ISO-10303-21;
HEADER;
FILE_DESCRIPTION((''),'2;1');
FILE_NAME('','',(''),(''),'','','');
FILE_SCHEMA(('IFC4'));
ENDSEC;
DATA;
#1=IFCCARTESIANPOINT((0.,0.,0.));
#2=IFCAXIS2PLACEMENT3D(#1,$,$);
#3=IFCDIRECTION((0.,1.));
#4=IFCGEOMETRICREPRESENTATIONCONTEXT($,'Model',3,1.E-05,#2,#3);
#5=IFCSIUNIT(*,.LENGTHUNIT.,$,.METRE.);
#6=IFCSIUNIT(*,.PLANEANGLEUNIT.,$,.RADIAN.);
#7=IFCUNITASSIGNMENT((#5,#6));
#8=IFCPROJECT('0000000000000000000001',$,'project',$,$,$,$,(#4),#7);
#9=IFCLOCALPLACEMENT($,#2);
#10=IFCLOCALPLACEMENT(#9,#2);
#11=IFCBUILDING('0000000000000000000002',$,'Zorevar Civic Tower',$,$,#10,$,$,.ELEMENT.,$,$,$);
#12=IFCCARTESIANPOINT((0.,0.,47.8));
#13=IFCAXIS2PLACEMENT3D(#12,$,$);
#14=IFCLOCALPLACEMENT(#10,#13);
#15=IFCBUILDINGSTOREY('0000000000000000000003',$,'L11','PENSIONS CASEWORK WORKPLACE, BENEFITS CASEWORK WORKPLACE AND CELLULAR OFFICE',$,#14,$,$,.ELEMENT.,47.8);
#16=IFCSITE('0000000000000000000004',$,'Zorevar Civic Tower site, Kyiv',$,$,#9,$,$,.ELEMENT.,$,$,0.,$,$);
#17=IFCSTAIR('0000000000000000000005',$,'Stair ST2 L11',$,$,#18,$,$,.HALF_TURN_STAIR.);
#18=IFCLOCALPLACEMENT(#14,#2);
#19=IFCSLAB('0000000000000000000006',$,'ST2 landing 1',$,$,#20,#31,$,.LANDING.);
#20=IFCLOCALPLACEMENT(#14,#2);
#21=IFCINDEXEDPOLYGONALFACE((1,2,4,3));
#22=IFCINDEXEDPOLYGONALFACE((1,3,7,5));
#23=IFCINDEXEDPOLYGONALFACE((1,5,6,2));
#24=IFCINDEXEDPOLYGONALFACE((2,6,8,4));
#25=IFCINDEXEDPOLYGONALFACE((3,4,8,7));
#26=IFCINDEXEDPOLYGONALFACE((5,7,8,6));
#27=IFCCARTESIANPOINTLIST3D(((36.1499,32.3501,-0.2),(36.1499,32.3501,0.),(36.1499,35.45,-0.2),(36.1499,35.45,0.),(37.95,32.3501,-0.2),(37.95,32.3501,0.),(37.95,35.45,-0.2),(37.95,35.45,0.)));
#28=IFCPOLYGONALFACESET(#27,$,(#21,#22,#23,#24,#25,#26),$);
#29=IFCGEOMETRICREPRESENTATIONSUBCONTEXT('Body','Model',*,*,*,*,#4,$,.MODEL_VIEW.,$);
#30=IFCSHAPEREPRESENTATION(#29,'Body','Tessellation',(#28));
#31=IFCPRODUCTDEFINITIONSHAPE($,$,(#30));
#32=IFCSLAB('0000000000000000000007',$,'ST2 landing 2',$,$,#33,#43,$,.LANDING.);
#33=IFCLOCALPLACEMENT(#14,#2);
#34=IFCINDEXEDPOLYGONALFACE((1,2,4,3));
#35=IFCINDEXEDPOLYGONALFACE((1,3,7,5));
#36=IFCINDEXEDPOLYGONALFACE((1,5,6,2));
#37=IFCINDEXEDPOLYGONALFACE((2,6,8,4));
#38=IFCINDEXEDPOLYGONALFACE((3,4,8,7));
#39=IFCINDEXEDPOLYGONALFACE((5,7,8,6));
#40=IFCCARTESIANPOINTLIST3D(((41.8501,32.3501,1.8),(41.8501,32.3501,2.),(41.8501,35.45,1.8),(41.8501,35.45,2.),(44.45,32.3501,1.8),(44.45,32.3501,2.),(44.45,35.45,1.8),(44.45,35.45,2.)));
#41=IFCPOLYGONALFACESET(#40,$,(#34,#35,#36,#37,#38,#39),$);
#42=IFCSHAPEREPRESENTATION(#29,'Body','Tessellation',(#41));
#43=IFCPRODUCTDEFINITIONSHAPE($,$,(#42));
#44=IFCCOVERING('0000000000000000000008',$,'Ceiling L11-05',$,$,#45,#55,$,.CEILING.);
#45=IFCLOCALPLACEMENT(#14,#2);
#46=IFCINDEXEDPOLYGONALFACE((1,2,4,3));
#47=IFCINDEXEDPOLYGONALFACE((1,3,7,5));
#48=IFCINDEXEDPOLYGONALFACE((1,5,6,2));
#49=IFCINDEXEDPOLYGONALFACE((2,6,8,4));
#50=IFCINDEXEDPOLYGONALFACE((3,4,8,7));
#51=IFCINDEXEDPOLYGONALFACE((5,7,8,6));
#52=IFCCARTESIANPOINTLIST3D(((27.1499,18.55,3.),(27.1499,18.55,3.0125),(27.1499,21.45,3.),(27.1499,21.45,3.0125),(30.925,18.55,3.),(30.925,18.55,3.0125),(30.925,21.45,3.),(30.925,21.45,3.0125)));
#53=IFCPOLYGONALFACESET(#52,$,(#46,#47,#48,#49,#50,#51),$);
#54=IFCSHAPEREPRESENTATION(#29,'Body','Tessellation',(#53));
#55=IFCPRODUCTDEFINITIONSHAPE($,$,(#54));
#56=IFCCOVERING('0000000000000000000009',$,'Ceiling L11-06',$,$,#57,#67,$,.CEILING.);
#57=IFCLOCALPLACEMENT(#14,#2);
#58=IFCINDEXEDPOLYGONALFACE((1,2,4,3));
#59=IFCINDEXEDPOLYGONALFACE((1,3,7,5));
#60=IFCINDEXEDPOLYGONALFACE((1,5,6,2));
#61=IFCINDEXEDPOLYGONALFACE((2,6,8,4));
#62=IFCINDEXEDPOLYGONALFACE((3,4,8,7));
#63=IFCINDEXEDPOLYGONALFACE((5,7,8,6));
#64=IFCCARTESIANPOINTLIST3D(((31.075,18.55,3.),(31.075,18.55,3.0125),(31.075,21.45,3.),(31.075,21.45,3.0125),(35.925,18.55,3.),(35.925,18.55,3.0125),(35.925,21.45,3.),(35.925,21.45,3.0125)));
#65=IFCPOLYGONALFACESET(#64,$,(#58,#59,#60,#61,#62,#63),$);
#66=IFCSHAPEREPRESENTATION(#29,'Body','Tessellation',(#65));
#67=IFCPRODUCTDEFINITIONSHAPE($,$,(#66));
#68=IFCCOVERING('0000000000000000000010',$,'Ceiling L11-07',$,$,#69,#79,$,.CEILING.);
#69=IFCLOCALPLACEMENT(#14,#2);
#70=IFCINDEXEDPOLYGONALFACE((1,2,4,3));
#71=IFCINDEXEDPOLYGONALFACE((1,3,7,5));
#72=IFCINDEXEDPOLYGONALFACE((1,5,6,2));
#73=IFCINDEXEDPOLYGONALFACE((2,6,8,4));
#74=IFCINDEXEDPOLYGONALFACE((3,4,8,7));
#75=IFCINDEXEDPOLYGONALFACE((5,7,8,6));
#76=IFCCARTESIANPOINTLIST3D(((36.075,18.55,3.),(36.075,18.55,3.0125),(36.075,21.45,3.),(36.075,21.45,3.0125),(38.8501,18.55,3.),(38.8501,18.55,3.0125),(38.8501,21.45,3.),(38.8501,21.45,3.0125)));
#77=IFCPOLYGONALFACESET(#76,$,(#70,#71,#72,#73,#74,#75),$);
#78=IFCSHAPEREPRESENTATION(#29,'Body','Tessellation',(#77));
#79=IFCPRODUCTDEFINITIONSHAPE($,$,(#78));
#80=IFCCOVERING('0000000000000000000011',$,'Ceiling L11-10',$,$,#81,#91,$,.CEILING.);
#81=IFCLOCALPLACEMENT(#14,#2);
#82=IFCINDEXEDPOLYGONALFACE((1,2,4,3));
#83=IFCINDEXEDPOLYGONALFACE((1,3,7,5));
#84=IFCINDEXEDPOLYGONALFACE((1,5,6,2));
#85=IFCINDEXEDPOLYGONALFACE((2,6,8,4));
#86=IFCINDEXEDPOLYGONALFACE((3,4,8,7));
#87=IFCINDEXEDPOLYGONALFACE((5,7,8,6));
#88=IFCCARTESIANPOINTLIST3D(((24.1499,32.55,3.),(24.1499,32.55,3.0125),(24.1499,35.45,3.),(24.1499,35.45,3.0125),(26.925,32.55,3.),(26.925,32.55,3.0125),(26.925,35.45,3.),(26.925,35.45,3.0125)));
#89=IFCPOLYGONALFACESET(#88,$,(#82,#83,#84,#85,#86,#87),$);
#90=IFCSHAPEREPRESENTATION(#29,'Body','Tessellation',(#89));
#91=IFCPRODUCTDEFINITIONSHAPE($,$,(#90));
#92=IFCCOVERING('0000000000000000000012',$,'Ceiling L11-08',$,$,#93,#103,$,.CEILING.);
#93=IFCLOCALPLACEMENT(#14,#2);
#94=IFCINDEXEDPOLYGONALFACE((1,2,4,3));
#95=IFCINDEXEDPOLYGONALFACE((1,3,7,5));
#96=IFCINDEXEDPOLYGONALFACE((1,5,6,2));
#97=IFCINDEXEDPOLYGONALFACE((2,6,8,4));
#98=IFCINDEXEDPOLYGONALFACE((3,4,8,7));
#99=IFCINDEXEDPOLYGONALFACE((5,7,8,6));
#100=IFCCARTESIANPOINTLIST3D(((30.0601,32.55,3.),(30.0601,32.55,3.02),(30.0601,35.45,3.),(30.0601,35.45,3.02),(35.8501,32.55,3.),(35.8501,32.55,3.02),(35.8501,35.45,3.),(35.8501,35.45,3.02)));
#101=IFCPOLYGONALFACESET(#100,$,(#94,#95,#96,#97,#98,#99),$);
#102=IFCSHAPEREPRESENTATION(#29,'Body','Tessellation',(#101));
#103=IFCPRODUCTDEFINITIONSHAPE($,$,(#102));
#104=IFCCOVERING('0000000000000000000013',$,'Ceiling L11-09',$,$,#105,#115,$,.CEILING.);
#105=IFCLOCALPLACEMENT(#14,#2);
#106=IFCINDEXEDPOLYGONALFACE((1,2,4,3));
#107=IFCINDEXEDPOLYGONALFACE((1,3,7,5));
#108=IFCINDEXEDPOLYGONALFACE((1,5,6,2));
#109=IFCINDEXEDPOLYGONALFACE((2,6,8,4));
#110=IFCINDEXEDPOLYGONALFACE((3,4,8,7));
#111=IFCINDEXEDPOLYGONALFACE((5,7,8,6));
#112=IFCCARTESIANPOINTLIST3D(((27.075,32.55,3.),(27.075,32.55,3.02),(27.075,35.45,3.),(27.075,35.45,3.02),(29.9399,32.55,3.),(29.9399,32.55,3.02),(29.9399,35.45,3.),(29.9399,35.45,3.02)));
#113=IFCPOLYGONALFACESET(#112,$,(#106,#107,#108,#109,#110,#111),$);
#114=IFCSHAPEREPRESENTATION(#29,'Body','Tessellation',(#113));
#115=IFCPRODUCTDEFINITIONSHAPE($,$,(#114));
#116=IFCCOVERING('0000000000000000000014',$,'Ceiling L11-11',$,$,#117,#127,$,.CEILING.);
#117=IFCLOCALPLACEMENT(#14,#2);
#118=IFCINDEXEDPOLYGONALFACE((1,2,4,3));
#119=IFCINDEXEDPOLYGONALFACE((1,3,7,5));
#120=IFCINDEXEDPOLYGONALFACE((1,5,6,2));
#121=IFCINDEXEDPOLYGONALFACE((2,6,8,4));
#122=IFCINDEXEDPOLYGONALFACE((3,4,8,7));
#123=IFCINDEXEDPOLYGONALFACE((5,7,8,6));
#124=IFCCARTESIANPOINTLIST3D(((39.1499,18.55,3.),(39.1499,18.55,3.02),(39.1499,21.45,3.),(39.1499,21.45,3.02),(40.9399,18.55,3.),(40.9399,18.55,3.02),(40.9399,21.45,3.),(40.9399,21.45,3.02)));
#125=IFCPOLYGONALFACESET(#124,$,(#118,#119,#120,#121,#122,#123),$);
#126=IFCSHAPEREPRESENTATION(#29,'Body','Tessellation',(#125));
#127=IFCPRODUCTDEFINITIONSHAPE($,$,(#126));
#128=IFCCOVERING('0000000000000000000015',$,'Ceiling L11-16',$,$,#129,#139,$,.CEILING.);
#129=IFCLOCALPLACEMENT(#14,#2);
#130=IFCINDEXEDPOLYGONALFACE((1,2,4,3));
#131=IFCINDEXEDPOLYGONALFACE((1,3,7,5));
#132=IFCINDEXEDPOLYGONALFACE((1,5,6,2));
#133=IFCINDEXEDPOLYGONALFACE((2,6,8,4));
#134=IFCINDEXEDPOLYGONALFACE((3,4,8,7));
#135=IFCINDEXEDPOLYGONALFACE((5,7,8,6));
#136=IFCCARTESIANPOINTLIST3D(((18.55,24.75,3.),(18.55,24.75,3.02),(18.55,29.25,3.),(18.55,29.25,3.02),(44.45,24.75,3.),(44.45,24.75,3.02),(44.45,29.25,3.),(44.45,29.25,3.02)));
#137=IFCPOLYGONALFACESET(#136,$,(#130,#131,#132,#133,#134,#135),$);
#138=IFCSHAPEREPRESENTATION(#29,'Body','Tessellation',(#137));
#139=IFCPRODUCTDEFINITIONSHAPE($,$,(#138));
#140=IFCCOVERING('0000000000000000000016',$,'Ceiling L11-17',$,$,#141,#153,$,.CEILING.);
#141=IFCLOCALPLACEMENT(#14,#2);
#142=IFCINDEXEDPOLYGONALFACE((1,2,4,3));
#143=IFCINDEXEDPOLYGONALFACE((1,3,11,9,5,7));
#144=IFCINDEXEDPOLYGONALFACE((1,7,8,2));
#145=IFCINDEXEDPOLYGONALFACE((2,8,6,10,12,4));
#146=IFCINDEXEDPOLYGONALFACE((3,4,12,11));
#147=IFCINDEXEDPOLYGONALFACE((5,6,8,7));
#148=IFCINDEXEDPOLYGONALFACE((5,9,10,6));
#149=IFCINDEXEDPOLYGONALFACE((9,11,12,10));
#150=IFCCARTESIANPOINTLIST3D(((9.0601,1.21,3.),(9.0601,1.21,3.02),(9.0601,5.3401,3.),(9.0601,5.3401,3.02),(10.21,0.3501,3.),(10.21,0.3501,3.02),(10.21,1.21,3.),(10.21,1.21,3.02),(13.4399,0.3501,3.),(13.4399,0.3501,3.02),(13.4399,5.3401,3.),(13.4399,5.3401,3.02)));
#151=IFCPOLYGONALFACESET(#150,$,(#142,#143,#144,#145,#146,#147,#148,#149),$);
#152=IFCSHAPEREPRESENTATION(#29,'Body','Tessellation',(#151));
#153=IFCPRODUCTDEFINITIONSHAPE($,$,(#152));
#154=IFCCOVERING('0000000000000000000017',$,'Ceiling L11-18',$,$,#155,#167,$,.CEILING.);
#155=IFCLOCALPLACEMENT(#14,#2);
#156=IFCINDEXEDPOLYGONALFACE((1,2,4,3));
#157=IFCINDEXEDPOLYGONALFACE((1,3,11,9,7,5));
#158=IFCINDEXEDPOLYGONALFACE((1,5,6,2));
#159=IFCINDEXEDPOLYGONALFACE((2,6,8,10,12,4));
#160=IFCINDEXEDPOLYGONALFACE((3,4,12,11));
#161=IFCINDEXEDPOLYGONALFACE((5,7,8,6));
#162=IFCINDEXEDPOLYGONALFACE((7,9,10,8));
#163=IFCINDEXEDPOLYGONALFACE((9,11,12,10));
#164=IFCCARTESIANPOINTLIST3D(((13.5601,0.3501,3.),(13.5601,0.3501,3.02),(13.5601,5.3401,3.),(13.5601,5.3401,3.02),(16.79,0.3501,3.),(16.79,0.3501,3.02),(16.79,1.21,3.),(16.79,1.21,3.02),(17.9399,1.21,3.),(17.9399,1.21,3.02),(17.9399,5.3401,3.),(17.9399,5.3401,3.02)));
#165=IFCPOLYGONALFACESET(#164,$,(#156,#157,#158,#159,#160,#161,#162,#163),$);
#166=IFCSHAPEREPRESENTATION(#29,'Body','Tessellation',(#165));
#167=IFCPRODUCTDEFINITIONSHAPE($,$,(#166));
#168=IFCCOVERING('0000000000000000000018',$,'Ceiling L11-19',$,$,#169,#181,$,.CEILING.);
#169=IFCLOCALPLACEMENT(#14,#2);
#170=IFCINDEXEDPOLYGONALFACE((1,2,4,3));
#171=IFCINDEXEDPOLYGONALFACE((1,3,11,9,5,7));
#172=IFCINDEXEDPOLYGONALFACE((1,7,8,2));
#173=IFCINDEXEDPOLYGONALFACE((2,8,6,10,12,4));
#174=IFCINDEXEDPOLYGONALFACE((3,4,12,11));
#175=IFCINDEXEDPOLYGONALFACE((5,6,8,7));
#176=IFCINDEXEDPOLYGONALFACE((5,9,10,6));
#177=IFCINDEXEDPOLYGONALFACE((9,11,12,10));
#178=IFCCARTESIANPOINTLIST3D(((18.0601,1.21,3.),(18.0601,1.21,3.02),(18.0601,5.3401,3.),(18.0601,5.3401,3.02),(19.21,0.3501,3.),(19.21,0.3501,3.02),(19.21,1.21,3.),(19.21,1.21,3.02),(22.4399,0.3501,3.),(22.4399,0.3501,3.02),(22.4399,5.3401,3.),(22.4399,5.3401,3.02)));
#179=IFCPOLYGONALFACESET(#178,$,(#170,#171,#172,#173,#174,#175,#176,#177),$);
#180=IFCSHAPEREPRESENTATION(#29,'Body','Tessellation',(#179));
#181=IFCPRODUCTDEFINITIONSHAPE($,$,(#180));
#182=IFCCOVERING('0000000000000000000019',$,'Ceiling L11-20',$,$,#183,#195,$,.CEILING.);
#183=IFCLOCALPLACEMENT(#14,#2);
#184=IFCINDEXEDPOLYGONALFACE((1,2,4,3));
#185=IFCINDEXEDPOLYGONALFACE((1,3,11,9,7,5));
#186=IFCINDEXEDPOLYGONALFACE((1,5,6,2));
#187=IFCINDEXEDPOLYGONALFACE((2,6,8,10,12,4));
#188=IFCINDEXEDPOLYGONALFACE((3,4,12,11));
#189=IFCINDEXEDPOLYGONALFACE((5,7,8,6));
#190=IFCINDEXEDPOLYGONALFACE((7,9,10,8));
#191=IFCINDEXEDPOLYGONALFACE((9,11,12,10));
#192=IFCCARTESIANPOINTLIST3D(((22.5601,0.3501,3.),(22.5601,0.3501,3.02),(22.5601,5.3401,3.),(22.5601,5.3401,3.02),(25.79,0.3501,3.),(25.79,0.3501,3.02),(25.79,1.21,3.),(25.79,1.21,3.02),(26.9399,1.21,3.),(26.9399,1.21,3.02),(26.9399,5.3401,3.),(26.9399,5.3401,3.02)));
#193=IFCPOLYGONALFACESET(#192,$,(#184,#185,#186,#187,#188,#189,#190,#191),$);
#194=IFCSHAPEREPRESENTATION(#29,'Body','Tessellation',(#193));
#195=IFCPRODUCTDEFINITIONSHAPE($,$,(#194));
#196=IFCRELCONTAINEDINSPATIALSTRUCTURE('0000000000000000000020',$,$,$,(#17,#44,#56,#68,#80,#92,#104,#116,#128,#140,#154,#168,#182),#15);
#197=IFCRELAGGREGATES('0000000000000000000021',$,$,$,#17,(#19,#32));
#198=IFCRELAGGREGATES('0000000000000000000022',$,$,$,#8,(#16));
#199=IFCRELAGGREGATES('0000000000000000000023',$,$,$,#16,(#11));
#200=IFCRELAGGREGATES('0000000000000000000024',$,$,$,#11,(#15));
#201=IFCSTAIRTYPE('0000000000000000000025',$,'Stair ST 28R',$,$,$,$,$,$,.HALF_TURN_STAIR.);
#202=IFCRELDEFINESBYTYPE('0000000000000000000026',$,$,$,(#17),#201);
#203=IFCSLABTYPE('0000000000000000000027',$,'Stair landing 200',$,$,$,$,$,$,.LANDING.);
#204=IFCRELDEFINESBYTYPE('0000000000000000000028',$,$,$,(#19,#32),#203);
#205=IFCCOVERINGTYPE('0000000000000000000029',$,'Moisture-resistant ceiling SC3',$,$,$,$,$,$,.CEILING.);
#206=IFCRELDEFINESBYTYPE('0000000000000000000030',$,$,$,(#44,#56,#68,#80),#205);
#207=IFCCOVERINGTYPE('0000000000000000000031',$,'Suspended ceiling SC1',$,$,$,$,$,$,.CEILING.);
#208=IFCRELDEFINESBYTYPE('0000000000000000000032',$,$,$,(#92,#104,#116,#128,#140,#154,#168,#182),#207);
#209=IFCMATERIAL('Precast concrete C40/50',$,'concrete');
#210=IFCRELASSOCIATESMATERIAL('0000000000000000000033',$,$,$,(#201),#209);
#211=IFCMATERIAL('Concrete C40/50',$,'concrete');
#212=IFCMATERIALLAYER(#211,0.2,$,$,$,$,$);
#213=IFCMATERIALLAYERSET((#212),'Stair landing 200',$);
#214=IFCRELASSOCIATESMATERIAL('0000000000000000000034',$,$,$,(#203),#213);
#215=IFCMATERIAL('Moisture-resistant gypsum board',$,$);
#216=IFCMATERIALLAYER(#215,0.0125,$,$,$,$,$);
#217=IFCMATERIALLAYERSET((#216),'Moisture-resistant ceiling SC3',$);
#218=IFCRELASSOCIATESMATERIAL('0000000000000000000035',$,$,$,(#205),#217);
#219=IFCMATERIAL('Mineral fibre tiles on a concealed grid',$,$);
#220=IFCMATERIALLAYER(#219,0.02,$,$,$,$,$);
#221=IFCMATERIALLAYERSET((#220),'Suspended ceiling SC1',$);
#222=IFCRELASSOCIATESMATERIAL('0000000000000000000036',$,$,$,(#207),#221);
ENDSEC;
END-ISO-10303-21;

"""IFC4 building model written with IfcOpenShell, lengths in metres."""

from ifc_helpers import new_model, si_unit, direction, frame, origin, place, context, subcontext, project, spatial, polyline, outline, extrude, material, layer, layer_set, type_object, element, aggregate, save


model = new_model("IFC4")

# Units and contexts
model_context = context("Model", 3, precision=1e-05, world=origin(), true_north=direction((0.0, 1.0)))
body_context = subcontext(model_context, "Body", "Model", "MODEL_VIEW")
ifc_project = project(units=[si_unit("LENGTHUNIT", "METRE"), si_unit("PLANEANGLEUNIT", "RADIAN")], contexts=[model_context])

# Site, building, storey
site_placement = place(None, origin())
site = spatial("IfcSite", under=ifc_project, at=site_placement, Name="Zorevar Civic Tower site, Kyiv", CompositionType="ELEMENT", RefElevation=0.0)
building_placement = place(site_placement, origin())
building = spatial("IfcBuilding", under=site, at=building_placement, Name="Zorevar Civic Tower", CompositionType="ELEMENT")
storey_placement = place(building_placement, frame((0.0, 0.0, 47.8)))
storey = spatial("IfcBuildingStorey", under=building, at=storey_placement, Name="L11", Description="PENSIONS CASEWORK WORKPLACE, BENEFITS CASEWORK WORKPLACE AND CELLULAR OFFICE", CompositionType="ELEMENT", Elevation=47.8)

# Stair, slabs
ifc_material_1 = material(Name="Precast concrete C40/50", Category="concrete")
stair_type = type_object("IfcStairType", Name="Stair ST 28R", PredefinedType="HALF_TURN_STAIR", material=ifc_material_1)
ifc_material_2 = material(Name="Concrete C40/50", Category="concrete")
ifc_layer_1 = layer(ifc_material_2, 0.2)
ifc_layer_set_1 = layer_set([ifc_layer_1], Name="Stair landing 200")
slab_type_1 = type_object("IfcSlabType", Name="Stair landing 200", PredefinedType="LANDING", material=ifc_layer_set_1)
stair_1_placement = place(storey_placement, origin())
stair_1 = element("IfcStair", 1, at=stair_1_placement, inside=storey, type_object=stair_type, Name="Stair ST2 L11", PredefinedType="HALF_TURN_STAIR")
slab_1_placement = place(storey_placement, frame((0.0, 0.0, -0.2)))
slab_1 = element("IfcSlab", 2, at=slab_1_placement, type_object=slab_type_1, Name="ST2 landing 1", PredefinedType="LANDING", context=body_context, shape_type="SweptSolid", body=[
    extrude(outline(polyline([(37.95, 32.3501), (36.1499, 32.3501), (36.1499, 35.45), (37.95, 35.45), (37.95, 32.3501)])), origin(), (0.0, 0.0, 1.0), 0.2),
])
slab_2_placement = place(storey_placement, frame((0.0, 0.0, 1.8)))
slab_2 = element("IfcSlab", 3, at=slab_2_placement, type_object=slab_type_1, Name="ST2 landing 2", PredefinedType="LANDING", context=body_context, shape_type="SweptSolid", body=[
    extrude(outline(polyline([(44.45, 32.3501), (41.8501, 32.3501), (41.8501, 35.45), (44.45, 35.45), (44.45, 32.3501)])), origin(), (0.0, 0.0, 1.0), 0.2),
])
aggregate(stair_1, [slab_1, slab_2])

# Coverings
ifc_material_3 = material(Name="Moisture-resistant gypsum board")
ifc_layer_2 = layer(ifc_material_3, 0.0125)
ifc_layer_set_2 = layer_set([ifc_layer_2], Name="Moisture-resistant ceiling SC3")
covering_type_1 = type_object("IfcCoveringType", Name="Moisture-resistant ceiling SC3", PredefinedType="CEILING", material=ifc_layer_set_2)
covering_1_placement = place(storey_placement, frame((0.0, 0.0, 3.0)))
element("IfcCovering", 4, at=covering_1_placement, inside=storey, type_object=covering_type_1, Name="Ceiling L11-05", PredefinedType="CEILING", context=body_context, shape_type="SweptSolid", body=[
    extrude(outline(polyline([(30.925, 18.55), (30.925, 21.45), (27.1499, 21.45), (27.1499, 18.55), (30.925, 18.55)])), origin(), (0.0, 0.0, 1.0), 0.0125),
])
covering_2_placement = place(storey_placement, frame((0.0, 0.0, 3.0)))
element("IfcCovering", 5, at=covering_2_placement, inside=storey, type_object=covering_type_1, Name="Ceiling L11-06", PredefinedType="CEILING", context=body_context, shape_type="SweptSolid", body=[
    extrude(outline(polyline([(35.925, 18.55), (35.925, 21.45), (31.075, 21.45), (31.075, 18.55), (35.925, 18.55)])), origin(), (0.0, 0.0, 1.0), 0.0125),
])
covering_3_placement = place(storey_placement, frame((0.0, 0.0, 3.0)))
element("IfcCovering", 6, at=covering_3_placement, inside=storey, type_object=covering_type_1, Name="Ceiling L11-07", PredefinedType="CEILING", context=body_context, shape_type="SweptSolid", body=[
    extrude(outline(polyline([(38.8501, 18.55), (38.8501, 21.45), (36.075, 21.45), (36.075, 18.55), (38.8501, 18.55)])), origin(), (0.0, 0.0, 1.0), 0.0125),
])
covering_4_placement = place(storey_placement, frame((0.0, 0.0, 3.0)))
element("IfcCovering", 7, at=covering_4_placement, inside=storey, type_object=covering_type_1, Name="Ceiling L11-10", PredefinedType="CEILING", context=body_context, shape_type="SweptSolid", body=[
    extrude(outline(polyline([(26.925, 32.55), (26.925, 35.45), (24.1499, 35.45), (24.1499, 32.55), (26.925, 32.55)])), origin(), (0.0, 0.0, 1.0), 0.0125),
])
ifc_material_4 = material(Name="Mineral fibre tiles on a concealed grid")
ifc_layer_3 = layer(ifc_material_4, 0.02)
ifc_layer_set_3 = layer_set([ifc_layer_3], Name="Suspended ceiling SC1")
covering_type_2 = type_object("IfcCoveringType", Name="Suspended ceiling SC1", PredefinedType="CEILING", material=ifc_layer_set_3)
covering_5_placement = place(storey_placement, frame((0.0, 0.0, 3.0)))
element("IfcCovering", 8, at=covering_5_placement, inside=storey, type_object=covering_type_2, Name="Ceiling L11-08", PredefinedType="CEILING", context=body_context, shape_type="SweptSolid", body=[
    extrude(outline(polyline([(35.8501, 32.55), (35.8501, 35.45), (30.0601, 35.45), (30.0601, 32.55), (35.8501, 32.55)])), origin(), (0.0, 0.0, 1.0), 0.02),
])
covering_6_placement = place(storey_placement, frame((0.0, 0.0, 3.0)))
element("IfcCovering", 9, at=covering_6_placement, inside=storey, type_object=covering_type_2, Name="Ceiling L11-09", PredefinedType="CEILING", context=body_context, shape_type="SweptSolid", body=[
    extrude(outline(polyline([(29.9399, 32.55), (29.9399, 35.45), (27.075, 35.45), (27.075, 32.55), (29.9399, 32.55)])), origin(), (0.0, 0.0, 1.0), 0.02),
])
covering_7_placement = place(storey_placement, frame((0.0, 0.0, 3.0)))
element("IfcCovering", 10, at=covering_7_placement, inside=storey, type_object=covering_type_2, Name="Ceiling L11-11", PredefinedType="CEILING", context=body_context, shape_type="SweptSolid", body=[
    extrude(outline(polyline([(40.9399, 18.55), (40.9399, 21.45), (39.1499, 21.45), (39.1499, 18.55), (40.9399, 18.55)])), origin(), (0.0, 0.0, 1.0), 0.02),
])
covering_8_placement = place(storey_placement, frame((0.0, 0.0, 3.0)))
element("IfcCovering", 11, at=covering_8_placement, inside=storey, type_object=covering_type_2, Name="Ceiling L11-16", PredefinedType="CEILING", context=body_context, shape_type="SweptSolid", body=[
    extrude(outline(polyline([(44.45, 24.75), (44.45, 29.25), (18.55, 29.25), (18.55, 24.75), (44.45, 24.75)])), origin(), (0.0, 0.0, 1.0), 0.02),
])
covering_9_placement = place(storey_placement, frame((0.0, 0.0, 3.0)))
element("IfcCovering", 12, at=covering_9_placement, inside=storey, type_object=covering_type_2, Name="Ceiling L11-17", PredefinedType="CEILING", context=body_context, shape_type="SweptSolid", body=[
    extrude(outline(polyline([(13.4399, 5.3401), (13.4399, 0.3501), (10.21, 0.3501), (10.21, 1.21), (9.0601, 1.21), (9.0601, 5.3401), (13.4399, 5.3401)])), origin(), (0.0, 0.0, 1.0), 0.02),
])
covering_10_placement = place(storey_placement, frame((0.0, 0.0, 3.0)))
element("IfcCovering", 13, at=covering_10_placement, inside=storey, type_object=covering_type_2, Name="Ceiling L11-18", PredefinedType="CEILING", context=body_context, shape_type="SweptSolid", body=[
    extrude(outline(polyline([(17.9399, 5.3401), (17.9399, 1.21), (16.79, 1.21), (16.79, 0.3501), (13.5601, 0.3501), (13.5601, 5.3401), (17.9399, 5.3401)])), origin(), (0.0, 0.0, 1.0), 0.02),
])
covering_11_placement = place(storey_placement, frame((0.0, 0.0, 3.0)))
element("IfcCovering", 14, at=covering_11_placement, inside=storey, type_object=covering_type_2, Name="Ceiling L11-19", PredefinedType="CEILING", context=body_context, shape_type="SweptSolid", body=[
    extrude(outline(polyline([(22.4399, 5.3401), (22.4399, 0.3501), (19.21, 0.3501), (19.21, 1.21), (18.0601, 1.21), (18.0601, 5.3401), (22.4399, 5.3401)])), origin(), (0.0, 0.0, 1.0), 0.02),
])
covering_12_placement = place(storey_placement, frame((0.0, 0.0, 3.0)))
element("IfcCovering", 15, at=covering_12_placement, inside=storey, type_object=covering_type_2, Name="Ceiling L11-20", PredefinedType="CEILING", context=body_context, shape_type="SweptSolid", body=[
    extrude(outline(polyline([(26.9399, 5.3401), (26.9399, 1.21), (25.79, 1.21), (25.79, 0.3501), (22.5601, 0.3501), (22.5601, 5.3401), (26.9399, 5.3401)])), origin(), (0.0, 0.0, 1.0), 0.02),
])

save(model, "model.ifc")
